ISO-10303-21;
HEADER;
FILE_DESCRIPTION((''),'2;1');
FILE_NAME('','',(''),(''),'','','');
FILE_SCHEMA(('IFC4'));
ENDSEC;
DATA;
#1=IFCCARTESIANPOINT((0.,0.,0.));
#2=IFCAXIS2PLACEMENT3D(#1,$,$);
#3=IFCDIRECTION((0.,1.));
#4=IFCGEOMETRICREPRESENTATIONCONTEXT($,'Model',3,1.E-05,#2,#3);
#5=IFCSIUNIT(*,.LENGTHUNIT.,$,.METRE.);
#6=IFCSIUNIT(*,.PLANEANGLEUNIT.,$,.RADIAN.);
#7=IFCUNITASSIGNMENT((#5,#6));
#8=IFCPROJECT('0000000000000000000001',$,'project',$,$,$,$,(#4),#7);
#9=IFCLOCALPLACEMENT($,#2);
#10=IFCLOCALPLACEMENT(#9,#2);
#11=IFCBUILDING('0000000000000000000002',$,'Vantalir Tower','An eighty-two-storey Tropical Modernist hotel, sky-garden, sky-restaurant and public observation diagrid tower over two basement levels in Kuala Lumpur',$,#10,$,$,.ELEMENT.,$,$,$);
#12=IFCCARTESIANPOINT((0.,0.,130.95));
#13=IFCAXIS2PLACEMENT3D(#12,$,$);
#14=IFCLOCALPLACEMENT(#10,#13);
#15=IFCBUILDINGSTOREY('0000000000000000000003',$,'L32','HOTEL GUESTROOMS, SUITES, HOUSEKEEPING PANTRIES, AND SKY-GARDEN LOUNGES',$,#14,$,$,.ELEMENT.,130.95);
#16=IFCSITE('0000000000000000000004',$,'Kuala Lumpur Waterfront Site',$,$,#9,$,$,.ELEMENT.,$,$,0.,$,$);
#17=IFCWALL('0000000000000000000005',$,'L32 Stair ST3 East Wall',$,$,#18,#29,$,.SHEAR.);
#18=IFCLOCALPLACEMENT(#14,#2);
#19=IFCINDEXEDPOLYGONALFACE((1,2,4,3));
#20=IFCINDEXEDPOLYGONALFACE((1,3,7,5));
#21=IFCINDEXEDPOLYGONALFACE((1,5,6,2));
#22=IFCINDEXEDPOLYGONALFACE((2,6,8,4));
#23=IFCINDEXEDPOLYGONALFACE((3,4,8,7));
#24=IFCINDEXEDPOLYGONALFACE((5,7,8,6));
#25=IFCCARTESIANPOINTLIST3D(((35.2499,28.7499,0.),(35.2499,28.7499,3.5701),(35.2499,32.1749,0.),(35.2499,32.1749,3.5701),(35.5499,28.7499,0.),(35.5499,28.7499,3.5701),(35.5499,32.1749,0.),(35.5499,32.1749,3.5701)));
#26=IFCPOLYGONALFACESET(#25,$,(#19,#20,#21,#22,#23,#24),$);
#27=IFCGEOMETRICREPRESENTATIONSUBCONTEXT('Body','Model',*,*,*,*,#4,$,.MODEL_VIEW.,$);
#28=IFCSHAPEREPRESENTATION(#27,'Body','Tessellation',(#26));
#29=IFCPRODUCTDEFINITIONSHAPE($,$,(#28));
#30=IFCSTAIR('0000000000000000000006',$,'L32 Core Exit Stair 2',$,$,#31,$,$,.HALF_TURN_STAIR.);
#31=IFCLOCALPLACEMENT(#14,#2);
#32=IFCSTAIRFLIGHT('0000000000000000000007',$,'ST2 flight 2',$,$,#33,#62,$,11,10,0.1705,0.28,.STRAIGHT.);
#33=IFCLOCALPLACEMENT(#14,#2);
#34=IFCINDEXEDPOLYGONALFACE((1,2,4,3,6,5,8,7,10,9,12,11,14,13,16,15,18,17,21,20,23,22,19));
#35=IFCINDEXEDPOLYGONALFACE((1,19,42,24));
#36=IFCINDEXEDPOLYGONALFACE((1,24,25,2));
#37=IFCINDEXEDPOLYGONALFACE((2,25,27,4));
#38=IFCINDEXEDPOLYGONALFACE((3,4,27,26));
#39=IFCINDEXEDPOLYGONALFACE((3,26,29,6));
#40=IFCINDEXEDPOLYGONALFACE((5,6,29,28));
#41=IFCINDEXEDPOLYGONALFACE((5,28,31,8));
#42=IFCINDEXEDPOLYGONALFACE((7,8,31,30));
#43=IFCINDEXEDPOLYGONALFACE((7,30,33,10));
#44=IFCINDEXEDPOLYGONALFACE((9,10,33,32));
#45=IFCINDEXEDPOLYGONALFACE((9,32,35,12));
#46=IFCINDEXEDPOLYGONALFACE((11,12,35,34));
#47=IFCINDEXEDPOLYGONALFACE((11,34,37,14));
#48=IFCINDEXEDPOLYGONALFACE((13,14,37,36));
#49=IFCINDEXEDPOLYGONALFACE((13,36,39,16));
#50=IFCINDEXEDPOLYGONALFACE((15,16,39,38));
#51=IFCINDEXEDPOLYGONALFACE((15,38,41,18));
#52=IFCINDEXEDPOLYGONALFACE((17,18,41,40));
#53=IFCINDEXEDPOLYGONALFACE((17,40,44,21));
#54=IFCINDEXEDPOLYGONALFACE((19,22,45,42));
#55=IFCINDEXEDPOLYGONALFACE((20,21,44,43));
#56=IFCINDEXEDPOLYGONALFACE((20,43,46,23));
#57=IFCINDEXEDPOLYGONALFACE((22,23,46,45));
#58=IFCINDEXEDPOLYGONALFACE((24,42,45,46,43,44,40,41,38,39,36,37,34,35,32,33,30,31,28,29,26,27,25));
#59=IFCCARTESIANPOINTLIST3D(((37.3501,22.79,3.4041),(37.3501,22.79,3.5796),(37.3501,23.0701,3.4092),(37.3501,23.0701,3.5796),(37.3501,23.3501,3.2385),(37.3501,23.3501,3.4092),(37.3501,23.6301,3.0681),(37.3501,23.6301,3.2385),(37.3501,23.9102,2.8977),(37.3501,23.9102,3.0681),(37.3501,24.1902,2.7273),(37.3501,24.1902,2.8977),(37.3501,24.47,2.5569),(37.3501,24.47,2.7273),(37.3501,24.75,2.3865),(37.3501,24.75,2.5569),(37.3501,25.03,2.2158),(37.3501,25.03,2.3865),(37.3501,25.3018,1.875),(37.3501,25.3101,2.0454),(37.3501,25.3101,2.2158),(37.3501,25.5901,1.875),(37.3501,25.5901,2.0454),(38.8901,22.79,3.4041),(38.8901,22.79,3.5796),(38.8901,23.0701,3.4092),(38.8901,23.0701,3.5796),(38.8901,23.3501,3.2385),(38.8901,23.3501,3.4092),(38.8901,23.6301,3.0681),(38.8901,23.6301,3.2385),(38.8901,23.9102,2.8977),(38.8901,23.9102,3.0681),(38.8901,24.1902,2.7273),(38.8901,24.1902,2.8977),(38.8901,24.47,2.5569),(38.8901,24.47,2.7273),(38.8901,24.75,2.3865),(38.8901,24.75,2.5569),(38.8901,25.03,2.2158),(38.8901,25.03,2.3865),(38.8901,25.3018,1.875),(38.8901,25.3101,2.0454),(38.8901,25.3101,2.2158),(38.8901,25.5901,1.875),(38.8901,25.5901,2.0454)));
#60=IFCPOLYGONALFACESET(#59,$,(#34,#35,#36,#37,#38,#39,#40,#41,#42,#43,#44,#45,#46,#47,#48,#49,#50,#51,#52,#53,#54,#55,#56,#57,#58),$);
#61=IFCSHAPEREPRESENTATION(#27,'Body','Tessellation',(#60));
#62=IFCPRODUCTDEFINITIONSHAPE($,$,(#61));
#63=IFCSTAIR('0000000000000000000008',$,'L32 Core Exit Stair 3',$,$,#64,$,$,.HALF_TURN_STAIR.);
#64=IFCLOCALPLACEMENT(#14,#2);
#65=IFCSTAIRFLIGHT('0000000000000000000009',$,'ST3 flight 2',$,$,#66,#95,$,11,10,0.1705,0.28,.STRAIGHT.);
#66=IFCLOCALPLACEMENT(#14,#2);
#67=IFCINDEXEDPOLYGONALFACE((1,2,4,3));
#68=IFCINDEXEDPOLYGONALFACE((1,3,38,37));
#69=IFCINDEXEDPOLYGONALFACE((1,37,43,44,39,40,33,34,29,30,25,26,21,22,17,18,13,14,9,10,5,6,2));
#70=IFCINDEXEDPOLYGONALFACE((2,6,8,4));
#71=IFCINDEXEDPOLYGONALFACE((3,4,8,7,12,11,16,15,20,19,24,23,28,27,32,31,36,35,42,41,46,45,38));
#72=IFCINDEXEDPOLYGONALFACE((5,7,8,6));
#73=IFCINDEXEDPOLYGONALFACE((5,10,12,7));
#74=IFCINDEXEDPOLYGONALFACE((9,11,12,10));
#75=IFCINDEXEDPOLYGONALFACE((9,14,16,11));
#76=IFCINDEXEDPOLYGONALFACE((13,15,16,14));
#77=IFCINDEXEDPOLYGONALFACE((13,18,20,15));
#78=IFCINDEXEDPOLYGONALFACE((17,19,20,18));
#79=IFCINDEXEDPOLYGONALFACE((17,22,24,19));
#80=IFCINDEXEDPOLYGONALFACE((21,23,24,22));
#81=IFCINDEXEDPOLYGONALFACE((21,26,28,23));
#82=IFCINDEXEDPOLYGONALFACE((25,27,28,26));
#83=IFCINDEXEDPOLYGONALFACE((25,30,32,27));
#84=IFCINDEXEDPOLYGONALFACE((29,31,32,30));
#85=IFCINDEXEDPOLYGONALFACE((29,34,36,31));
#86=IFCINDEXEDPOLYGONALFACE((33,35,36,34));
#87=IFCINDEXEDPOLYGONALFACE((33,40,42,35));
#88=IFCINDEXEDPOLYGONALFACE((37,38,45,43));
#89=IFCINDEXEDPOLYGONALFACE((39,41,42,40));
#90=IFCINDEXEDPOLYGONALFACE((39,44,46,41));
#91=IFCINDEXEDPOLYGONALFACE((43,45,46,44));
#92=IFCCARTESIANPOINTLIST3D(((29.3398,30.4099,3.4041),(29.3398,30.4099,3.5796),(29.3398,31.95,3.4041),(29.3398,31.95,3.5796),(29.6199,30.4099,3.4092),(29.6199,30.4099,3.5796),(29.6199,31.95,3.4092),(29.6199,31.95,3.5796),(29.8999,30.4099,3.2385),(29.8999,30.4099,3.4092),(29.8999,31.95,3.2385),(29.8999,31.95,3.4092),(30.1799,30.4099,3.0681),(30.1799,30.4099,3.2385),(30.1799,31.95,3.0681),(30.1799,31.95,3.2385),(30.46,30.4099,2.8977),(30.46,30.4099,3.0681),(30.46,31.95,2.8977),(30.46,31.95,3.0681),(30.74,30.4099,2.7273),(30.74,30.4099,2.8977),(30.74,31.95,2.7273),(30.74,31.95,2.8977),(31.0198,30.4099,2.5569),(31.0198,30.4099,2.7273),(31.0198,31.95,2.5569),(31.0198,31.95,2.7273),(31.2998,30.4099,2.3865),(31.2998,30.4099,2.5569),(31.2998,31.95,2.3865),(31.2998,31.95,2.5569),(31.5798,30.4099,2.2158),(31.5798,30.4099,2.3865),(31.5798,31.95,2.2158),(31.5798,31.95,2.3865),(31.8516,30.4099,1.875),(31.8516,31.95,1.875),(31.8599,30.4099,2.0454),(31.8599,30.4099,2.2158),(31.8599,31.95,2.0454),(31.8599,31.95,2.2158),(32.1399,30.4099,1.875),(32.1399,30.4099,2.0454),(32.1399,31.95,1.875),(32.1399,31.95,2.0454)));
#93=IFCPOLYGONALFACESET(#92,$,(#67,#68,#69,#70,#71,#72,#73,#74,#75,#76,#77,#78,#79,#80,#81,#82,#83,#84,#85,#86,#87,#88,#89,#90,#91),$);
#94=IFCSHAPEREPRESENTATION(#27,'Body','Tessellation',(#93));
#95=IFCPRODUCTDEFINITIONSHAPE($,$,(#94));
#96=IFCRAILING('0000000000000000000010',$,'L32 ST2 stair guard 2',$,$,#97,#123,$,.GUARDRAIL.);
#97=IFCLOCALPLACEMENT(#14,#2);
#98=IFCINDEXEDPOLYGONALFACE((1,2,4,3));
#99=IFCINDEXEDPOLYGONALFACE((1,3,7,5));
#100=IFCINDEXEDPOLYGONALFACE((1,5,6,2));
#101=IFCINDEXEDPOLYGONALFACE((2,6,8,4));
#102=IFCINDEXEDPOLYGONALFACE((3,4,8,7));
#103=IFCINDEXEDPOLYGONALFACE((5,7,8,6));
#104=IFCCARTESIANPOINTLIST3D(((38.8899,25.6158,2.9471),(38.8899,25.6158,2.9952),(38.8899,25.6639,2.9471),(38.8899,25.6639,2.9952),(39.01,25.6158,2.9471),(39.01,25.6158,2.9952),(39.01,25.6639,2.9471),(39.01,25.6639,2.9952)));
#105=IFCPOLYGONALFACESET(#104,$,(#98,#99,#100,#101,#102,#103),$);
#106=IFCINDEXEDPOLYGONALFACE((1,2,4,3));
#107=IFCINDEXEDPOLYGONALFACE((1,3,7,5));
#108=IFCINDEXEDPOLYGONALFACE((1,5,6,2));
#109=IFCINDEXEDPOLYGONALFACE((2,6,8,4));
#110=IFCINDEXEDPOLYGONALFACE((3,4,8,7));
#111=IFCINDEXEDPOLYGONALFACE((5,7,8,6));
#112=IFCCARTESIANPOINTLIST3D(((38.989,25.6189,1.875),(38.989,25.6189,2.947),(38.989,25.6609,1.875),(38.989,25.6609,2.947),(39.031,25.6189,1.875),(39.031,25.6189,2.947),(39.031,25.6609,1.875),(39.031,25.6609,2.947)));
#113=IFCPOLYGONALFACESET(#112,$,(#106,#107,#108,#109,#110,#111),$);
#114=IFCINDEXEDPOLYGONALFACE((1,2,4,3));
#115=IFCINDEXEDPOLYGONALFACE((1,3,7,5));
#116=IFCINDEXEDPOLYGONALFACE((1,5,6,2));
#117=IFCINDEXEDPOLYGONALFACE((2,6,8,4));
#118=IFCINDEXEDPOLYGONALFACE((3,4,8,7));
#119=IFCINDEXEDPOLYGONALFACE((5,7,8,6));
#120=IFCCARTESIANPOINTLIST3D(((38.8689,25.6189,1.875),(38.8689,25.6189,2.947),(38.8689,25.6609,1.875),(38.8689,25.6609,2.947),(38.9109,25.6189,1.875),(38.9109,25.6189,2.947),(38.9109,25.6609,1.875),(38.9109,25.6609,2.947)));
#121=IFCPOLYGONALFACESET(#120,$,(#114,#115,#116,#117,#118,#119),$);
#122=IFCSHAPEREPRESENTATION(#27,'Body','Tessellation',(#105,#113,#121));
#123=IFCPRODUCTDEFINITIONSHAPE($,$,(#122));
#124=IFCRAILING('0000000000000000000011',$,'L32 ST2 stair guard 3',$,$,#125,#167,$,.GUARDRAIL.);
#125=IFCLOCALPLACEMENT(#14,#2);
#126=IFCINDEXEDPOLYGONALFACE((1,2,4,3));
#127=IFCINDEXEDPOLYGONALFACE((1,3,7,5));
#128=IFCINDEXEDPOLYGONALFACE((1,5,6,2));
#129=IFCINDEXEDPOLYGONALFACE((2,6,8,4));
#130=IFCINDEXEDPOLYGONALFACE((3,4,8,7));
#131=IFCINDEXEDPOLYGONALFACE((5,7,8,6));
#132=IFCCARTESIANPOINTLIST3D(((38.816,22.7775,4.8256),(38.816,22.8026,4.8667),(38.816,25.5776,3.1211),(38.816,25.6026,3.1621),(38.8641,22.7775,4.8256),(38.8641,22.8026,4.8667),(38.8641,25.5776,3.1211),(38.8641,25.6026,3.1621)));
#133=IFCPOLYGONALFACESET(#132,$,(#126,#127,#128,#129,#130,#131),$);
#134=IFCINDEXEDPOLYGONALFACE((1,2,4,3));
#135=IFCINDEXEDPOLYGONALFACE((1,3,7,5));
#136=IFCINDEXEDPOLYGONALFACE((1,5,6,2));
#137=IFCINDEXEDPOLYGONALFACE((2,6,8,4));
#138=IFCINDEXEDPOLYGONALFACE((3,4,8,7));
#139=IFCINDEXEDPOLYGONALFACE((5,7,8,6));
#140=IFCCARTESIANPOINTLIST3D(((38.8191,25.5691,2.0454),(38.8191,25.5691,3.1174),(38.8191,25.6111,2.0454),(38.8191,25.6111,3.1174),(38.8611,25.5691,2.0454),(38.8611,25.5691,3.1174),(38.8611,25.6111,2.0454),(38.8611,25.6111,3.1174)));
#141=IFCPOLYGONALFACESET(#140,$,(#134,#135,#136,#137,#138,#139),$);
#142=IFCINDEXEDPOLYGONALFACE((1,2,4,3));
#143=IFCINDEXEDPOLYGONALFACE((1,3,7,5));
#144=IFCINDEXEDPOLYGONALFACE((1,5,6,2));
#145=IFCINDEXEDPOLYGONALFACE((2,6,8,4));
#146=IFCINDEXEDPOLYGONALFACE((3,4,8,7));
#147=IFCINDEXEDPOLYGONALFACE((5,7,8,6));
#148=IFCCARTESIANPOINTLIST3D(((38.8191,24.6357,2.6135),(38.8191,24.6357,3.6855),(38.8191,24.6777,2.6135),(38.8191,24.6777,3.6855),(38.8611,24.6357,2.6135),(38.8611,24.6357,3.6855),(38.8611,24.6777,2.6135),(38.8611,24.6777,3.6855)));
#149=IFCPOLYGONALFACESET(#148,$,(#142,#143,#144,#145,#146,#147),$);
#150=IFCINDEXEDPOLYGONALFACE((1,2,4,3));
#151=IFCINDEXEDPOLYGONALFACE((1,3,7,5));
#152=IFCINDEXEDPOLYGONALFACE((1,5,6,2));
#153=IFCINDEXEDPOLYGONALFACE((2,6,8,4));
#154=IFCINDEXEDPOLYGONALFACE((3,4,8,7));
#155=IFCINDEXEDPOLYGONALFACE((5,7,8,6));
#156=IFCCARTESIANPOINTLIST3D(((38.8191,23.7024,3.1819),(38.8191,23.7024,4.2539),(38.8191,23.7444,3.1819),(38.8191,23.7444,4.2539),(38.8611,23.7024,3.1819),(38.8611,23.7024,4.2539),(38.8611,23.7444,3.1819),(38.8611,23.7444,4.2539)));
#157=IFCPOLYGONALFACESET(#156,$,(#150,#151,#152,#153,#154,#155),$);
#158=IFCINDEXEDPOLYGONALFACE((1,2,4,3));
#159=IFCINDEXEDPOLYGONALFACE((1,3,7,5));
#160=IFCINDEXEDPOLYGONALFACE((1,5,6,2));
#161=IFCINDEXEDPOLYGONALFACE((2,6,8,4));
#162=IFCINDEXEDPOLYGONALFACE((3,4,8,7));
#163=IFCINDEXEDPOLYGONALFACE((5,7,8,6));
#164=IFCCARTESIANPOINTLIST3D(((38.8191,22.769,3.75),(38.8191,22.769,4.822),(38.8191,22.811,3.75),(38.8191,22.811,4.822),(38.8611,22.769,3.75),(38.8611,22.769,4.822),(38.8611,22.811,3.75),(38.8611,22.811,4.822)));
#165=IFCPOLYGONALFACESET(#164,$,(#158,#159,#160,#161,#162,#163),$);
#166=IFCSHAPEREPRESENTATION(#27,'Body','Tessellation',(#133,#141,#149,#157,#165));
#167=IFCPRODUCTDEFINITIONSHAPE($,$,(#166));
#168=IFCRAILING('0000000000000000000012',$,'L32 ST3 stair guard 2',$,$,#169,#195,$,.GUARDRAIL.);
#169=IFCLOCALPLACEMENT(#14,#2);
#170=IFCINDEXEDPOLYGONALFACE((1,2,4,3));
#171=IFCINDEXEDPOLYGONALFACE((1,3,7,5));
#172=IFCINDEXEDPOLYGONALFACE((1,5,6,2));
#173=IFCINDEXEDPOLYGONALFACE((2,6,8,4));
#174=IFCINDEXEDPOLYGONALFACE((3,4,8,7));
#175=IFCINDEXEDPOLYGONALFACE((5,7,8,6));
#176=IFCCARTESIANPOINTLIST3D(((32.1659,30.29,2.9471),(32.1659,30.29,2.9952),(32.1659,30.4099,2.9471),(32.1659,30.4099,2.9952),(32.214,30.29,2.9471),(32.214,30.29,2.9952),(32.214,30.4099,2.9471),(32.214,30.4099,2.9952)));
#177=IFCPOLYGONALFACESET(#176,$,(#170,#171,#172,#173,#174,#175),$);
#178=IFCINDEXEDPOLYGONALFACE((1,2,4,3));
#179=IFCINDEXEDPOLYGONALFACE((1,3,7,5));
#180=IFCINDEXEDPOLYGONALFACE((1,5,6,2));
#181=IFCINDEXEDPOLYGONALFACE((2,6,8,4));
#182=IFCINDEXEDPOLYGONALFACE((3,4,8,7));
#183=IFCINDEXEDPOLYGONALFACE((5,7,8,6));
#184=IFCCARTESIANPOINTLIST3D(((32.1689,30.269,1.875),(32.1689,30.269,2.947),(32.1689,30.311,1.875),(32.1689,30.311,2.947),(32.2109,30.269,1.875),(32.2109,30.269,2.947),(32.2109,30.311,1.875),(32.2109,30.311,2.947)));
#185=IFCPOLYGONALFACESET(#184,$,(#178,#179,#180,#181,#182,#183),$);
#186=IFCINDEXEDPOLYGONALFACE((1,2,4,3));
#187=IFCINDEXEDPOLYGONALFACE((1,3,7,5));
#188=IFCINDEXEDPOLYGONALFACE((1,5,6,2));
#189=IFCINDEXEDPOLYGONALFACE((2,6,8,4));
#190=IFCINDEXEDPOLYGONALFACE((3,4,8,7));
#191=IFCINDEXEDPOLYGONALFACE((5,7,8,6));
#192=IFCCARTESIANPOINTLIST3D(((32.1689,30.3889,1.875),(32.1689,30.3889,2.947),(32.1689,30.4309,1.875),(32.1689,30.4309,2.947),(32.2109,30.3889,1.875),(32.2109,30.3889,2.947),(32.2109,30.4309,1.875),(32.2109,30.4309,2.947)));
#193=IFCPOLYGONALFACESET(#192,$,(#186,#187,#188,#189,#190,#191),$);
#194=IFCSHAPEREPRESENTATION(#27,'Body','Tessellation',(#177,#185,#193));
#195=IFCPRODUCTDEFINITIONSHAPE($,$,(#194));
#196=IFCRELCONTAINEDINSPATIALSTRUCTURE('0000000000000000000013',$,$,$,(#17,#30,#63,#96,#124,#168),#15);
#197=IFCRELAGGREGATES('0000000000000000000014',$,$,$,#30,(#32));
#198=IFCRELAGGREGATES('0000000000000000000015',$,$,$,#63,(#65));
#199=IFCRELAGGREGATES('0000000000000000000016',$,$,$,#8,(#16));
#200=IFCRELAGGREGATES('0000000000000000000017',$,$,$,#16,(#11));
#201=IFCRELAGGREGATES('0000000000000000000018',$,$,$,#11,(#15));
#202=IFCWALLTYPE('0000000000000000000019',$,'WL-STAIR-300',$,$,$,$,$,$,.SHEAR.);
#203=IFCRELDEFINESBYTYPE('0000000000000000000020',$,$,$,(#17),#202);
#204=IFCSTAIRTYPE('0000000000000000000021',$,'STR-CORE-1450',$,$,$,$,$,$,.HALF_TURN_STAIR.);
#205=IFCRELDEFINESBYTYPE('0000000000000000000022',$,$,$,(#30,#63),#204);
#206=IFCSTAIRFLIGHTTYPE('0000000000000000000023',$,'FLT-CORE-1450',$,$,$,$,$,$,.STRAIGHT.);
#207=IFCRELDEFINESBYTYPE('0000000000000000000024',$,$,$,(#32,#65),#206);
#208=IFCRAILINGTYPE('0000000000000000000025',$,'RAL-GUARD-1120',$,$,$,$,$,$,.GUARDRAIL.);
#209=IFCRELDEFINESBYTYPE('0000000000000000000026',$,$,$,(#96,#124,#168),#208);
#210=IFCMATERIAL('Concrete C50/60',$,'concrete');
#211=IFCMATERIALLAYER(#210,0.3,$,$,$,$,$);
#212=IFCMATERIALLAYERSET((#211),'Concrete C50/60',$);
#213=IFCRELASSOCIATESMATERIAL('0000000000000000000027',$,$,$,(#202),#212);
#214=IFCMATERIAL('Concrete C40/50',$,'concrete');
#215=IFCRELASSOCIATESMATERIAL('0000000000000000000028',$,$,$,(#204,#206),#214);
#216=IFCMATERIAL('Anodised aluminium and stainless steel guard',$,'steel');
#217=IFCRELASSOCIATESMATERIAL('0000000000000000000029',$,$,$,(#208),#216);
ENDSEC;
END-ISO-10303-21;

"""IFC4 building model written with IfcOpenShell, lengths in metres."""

from ifc_helpers import new_model, si_unit, direction, frame, frame_2d, origin, origin_2d, place, context, subcontext, project, spatial, polyline, rectangle, outline, extrude, material, layer, layer_set, type_object, element, aggregate, save


model = new_model("IFC4")

# Units and contexts
model_context = context("Model", 3, precision=1e-05, world=origin(), true_north=direction((0.0, 1.0)))
body_context = subcontext(model_context, "Body", "Model", "MODEL_VIEW")
ifc_project = project(units=[si_unit("LENGTHUNIT", "METRE"), si_unit("PLANEANGLEUNIT", "RADIAN")], contexts=[model_context])

# Site, building, storey
site_placement = place(None, origin())
site = spatial("IfcSite", under=ifc_project, at=site_placement, Name="Kuala Lumpur Waterfront Site", CompositionType="ELEMENT", RefElevation=0.0)
building_placement = place(site_placement, origin())
building = spatial("IfcBuilding", under=site, at=building_placement, Name="Vantalir Tower", Description="An eighty-two-storey Tropical Modernist hotel, sky-garden, sky-restaurant and public observation diagrid tower over two basement levels in Kuala Lumpur", CompositionType="ELEMENT")
storey_placement = place(building_placement, frame((0.0, 0.0, 130.95)))
storey = spatial("IfcBuildingStorey", under=building, at=storey_placement, Name="L32", Description="HOTEL GUESTROOMS, SUITES, HOUSEKEEPING PANTRIES, AND SKY-GARDEN LOUNGES", CompositionType="ELEMENT", Elevation=130.95)

# Wall
ifc_material_1 = material(Name="Concrete C50/60", Category="concrete")
ifc_layer_1 = layer(ifc_material_1, 0.3)
ifc_layer_set_1 = layer_set([ifc_layer_1], Name="Concrete C50/60")
wall_type_1 = type_object("IfcWallType", Name="WL-STAIR-300", PredefinedType="SHEAR", material=ifc_layer_set_1)
wall_1_placement = place(storey_placement, frame((35.3999, 28.75, 0.0), z_axis=(0.0, 0.0, 1.0), x_axis=(0.0, 1.0, 0.0)))
element("IfcWall", 1, at=wall_1_placement, inside=storey, type_object=wall_type_1, Name="L32 Stair ST3 East Wall", PredefinedType="SHEAR", context=body_context, shape_type="SweptSolid", body=[
    extrude(rectangle(XDim=3.425, YDim=0.3, at=frame_2d((1.7124, 0.0))), origin(), (0.0, 0.0, 1.0), 3.5701),
])

# Stairs, stair flights
ifc_material_2 = material(Name="Concrete C40/50", Category="concrete")
stair_type = type_object("IfcStairType", Name="STR-CORE-1450", PredefinedType="HALF_TURN_STAIR", material=ifc_material_2)
stair_1_placement = place(storey_placement, origin())
stair_1 = element("IfcStair", 2, at=stair_1_placement, inside=storey, type_object=stair_type, Name="L32 Core Exit Stair 2", PredefinedType="HALF_TURN_STAIR")
stair_flight_type = type_object("IfcStairFlightType", Name="FLT-CORE-1450", PredefinedType="STRAIGHT", material=ifc_material_2)
stair_flight_1_placement = place(storey_placement, frame((38.1201, 25.5901, 1.875), z_axis=(0.0, 0.0, 1.0), x_axis=(0.0, -1.0, 0.0)))
stair_flight_1 = element("IfcStairFlight", 3, at=stair_flight_1_placement, type_object=stair_flight_type, Name="ST2 flight 2", NumberOfRisers=11, NumberOfTreads=10, PredefinedType="STRAIGHT", RiserHeight=0.1705, TreadLength=0.28, context=body_context, shape_type="SweptSolid", body=[
    extrude(outline(polyline([(0.0, 0.0), (0.0, 0.1704), (0.28, 0.1704), (0.28, 0.3408), (0.5601, 0.3408), (0.5601, 0.5115), (0.8401, 0.5115), (0.8401, 0.6819), (1.1201, 0.6819), (1.1201, 0.8523), (1.3999, 0.8523), (1.3999, 1.0227), (1.6799, 1.0227), (1.6799, 1.1931), (1.96, 1.1931), (1.96, 1.3635), (2.24, 1.3635), (2.24, 1.5342), (2.52, 1.5342), (2.52, 1.7046), (2.8, 1.7046), (2.8, 1.875), (2.8, 1.5291), (0.2883, 0.0), (0.0, 0.0)])), frame((0.0, 0.77, 0.0), z_axis=(0.0, -1.0, 0.0), x_axis=(1.0, 0.0, 0.0)), (0.0, 0.0, 1.0), 1.54),
])
aggregate(stair_1, [stair_flight_1])
stair_2_placement = place(storey_placement, origin())
stair_2 = element("IfcStair", 4, at=stair_2_placement, inside=storey, type_object=stair_type, Name="L32 Core Exit Stair 3", PredefinedType="HALF_TURN_STAIR")
stair_flight_2_placement = place(storey_placement, frame((32.1399, 31.1799, 1.875), z_axis=(0.0, 0.0, 1.0), x_axis=(-1.0, 0.0, 0.0)))
stair_flight_2 = element("IfcStairFlight", 5, at=stair_flight_2_placement, type_object=stair_flight_type, Name="ST3 flight 2", NumberOfRisers=11, NumberOfTreads=10, PredefinedType="STRAIGHT", RiserHeight=0.1705, TreadLength=0.28, context=body_context, shape_type="SweptSolid", body=[
    extrude(outline(polyline([(0.0, 0.0), (0.0, 0.1704), (0.28, 0.1704), (0.28, 0.3408), (0.5601, 0.3408), (0.5601, 0.5115), (0.8401, 0.5115), (0.8401, 0.6819), (1.1201, 0.6819), (1.1201, 0.8523), (1.3999, 0.8523), (1.3999, 1.0227), (1.6799, 1.0227), (1.6799, 1.1931), (1.96, 1.1931), (1.96, 1.3635), (2.24, 1.3635), (2.24, 1.5342), (2.52, 1.5342), (2.52, 1.7046), (2.8, 1.7046), (2.8, 1.875), (2.8, 1.5291), (0.2883, 0.0), (0.0, 0.0)])), frame((0.0, 0.77, 0.0), z_axis=(0.0, -1.0, 0.0), x_axis=(1.0, 0.0, 0.0)), (0.0, 0.0, 1.0), 1.54),
])
aggregate(stair_2, [stair_flight_2])

# Railings
ifc_material_3 = material(Name="Anodised aluminium and stainless steel guard", Category="steel")
railing_type_1 = type_object("IfcRailingType", Name="RAL-GUARD-1120", PredefinedType="GUARDRAIL", material=ifc_material_3)
railing_1_placement = place(storey_placement, frame((39.01, 25.6399, 1.875)))
element("IfcRailing", 6, at=railing_1_placement, inside=storey, type_object=railing_type_1, Name="L32 ST2 stair guard 2", PredefinedType="GUARDRAIL", context=body_context, shape_type="SweptSolid", body=[
    extrude(rectangle(XDim=0.0481, YDim=0.0481, at=origin_2d()), frame((0.0, 0.0, 1.0962), z_axis=(-1.0, 0.0, 0.0), x_axis=(0.0, -1.0, 0.0)), (0.0, 0.0, 1.0), 0.1201),
    extrude(rectangle(XDim=0.042, YDim=0.042, at=origin_2d()), origin(), (0.0, 0.0, 1.0), 1.072),
    extrude(rectangle(XDim=0.042, YDim=0.042, at=origin_2d()), frame((-0.1201, 0.0, 0.0)), (0.0, 0.0, 1.0), 1.072),
])
railing_2_placement = place(storey_placement, frame((38.8401, 25.5901, 2.0454)))
element("IfcRailing", 7, at=railing_2_placement, inside=storey, type_object=railing_type_1, Name="L32 ST2 stair guard 3", PredefinedType="GUARDRAIL", context=body_context, shape_type="SweptSolid", body=[
    extrude(rectangle(XDim=0.0481, YDim=0.0481, at=origin_2d()), frame((0.0, 0.0, 1.0962), z_axis=(0.0, -0.85417, 0.519994), x_axis=(1.0, 0.0, 0.0)), (0.0, 0.0, 1.0), 3.2781),
    extrude(rectangle(XDim=0.042, YDim=0.042, at=origin_2d()), origin(), (0.0, 0.0, 1.0), 1.072),
    extrude(rectangle(XDim=0.042, YDim=0.042, at=origin_2d()), frame((0.0, -0.9333, 0.5681)), (0.0, 0.0, 1.0), 1.072),
    extrude(rectangle(XDim=0.042, YDim=0.042, at=origin_2d()), frame((0.0, -1.8667, 1.1365)), (0.0, 0.0, 1.0), 1.072),
    extrude(rectangle(XDim=0.042, YDim=0.042, at=origin_2d()), frame((0.0, -2.8, 1.7046)), (0.0, 0.0, 1.0), 1.072),
])
railing_3_placement = place(storey_placement, frame((32.1899, 30.29, 1.875)))
element("IfcRailing", 8, at=railing_3_placement, inside=storey, type_object=railing_type_1, Name="L32 ST3 stair guard 2", PredefinedType="GUARDRAIL", context=body_context, shape_type="SweptSolid", body=[
    extrude(rectangle(XDim=0.0481, YDim=0.0481, at=origin_2d()), frame((0.0, 0.0, 1.0962), z_axis=(0.0, 1.0, 0.0), x_axis=(-1.0, 0.0, 0.0)), (0.0, 0.0, 1.0), 0.1199),
    extrude(rectangle(XDim=0.042, YDim=0.042, at=origin_2d()), origin(), (0.0, 0.0, 1.0), 1.072),
    extrude(rectangle(XDim=0.042, YDim=0.042, at=origin_2d()), frame((0.0, 0.1199, 0.0)), (0.0, 0.0, 1.0), 1.072),
])

save(model, "model.ifc")
